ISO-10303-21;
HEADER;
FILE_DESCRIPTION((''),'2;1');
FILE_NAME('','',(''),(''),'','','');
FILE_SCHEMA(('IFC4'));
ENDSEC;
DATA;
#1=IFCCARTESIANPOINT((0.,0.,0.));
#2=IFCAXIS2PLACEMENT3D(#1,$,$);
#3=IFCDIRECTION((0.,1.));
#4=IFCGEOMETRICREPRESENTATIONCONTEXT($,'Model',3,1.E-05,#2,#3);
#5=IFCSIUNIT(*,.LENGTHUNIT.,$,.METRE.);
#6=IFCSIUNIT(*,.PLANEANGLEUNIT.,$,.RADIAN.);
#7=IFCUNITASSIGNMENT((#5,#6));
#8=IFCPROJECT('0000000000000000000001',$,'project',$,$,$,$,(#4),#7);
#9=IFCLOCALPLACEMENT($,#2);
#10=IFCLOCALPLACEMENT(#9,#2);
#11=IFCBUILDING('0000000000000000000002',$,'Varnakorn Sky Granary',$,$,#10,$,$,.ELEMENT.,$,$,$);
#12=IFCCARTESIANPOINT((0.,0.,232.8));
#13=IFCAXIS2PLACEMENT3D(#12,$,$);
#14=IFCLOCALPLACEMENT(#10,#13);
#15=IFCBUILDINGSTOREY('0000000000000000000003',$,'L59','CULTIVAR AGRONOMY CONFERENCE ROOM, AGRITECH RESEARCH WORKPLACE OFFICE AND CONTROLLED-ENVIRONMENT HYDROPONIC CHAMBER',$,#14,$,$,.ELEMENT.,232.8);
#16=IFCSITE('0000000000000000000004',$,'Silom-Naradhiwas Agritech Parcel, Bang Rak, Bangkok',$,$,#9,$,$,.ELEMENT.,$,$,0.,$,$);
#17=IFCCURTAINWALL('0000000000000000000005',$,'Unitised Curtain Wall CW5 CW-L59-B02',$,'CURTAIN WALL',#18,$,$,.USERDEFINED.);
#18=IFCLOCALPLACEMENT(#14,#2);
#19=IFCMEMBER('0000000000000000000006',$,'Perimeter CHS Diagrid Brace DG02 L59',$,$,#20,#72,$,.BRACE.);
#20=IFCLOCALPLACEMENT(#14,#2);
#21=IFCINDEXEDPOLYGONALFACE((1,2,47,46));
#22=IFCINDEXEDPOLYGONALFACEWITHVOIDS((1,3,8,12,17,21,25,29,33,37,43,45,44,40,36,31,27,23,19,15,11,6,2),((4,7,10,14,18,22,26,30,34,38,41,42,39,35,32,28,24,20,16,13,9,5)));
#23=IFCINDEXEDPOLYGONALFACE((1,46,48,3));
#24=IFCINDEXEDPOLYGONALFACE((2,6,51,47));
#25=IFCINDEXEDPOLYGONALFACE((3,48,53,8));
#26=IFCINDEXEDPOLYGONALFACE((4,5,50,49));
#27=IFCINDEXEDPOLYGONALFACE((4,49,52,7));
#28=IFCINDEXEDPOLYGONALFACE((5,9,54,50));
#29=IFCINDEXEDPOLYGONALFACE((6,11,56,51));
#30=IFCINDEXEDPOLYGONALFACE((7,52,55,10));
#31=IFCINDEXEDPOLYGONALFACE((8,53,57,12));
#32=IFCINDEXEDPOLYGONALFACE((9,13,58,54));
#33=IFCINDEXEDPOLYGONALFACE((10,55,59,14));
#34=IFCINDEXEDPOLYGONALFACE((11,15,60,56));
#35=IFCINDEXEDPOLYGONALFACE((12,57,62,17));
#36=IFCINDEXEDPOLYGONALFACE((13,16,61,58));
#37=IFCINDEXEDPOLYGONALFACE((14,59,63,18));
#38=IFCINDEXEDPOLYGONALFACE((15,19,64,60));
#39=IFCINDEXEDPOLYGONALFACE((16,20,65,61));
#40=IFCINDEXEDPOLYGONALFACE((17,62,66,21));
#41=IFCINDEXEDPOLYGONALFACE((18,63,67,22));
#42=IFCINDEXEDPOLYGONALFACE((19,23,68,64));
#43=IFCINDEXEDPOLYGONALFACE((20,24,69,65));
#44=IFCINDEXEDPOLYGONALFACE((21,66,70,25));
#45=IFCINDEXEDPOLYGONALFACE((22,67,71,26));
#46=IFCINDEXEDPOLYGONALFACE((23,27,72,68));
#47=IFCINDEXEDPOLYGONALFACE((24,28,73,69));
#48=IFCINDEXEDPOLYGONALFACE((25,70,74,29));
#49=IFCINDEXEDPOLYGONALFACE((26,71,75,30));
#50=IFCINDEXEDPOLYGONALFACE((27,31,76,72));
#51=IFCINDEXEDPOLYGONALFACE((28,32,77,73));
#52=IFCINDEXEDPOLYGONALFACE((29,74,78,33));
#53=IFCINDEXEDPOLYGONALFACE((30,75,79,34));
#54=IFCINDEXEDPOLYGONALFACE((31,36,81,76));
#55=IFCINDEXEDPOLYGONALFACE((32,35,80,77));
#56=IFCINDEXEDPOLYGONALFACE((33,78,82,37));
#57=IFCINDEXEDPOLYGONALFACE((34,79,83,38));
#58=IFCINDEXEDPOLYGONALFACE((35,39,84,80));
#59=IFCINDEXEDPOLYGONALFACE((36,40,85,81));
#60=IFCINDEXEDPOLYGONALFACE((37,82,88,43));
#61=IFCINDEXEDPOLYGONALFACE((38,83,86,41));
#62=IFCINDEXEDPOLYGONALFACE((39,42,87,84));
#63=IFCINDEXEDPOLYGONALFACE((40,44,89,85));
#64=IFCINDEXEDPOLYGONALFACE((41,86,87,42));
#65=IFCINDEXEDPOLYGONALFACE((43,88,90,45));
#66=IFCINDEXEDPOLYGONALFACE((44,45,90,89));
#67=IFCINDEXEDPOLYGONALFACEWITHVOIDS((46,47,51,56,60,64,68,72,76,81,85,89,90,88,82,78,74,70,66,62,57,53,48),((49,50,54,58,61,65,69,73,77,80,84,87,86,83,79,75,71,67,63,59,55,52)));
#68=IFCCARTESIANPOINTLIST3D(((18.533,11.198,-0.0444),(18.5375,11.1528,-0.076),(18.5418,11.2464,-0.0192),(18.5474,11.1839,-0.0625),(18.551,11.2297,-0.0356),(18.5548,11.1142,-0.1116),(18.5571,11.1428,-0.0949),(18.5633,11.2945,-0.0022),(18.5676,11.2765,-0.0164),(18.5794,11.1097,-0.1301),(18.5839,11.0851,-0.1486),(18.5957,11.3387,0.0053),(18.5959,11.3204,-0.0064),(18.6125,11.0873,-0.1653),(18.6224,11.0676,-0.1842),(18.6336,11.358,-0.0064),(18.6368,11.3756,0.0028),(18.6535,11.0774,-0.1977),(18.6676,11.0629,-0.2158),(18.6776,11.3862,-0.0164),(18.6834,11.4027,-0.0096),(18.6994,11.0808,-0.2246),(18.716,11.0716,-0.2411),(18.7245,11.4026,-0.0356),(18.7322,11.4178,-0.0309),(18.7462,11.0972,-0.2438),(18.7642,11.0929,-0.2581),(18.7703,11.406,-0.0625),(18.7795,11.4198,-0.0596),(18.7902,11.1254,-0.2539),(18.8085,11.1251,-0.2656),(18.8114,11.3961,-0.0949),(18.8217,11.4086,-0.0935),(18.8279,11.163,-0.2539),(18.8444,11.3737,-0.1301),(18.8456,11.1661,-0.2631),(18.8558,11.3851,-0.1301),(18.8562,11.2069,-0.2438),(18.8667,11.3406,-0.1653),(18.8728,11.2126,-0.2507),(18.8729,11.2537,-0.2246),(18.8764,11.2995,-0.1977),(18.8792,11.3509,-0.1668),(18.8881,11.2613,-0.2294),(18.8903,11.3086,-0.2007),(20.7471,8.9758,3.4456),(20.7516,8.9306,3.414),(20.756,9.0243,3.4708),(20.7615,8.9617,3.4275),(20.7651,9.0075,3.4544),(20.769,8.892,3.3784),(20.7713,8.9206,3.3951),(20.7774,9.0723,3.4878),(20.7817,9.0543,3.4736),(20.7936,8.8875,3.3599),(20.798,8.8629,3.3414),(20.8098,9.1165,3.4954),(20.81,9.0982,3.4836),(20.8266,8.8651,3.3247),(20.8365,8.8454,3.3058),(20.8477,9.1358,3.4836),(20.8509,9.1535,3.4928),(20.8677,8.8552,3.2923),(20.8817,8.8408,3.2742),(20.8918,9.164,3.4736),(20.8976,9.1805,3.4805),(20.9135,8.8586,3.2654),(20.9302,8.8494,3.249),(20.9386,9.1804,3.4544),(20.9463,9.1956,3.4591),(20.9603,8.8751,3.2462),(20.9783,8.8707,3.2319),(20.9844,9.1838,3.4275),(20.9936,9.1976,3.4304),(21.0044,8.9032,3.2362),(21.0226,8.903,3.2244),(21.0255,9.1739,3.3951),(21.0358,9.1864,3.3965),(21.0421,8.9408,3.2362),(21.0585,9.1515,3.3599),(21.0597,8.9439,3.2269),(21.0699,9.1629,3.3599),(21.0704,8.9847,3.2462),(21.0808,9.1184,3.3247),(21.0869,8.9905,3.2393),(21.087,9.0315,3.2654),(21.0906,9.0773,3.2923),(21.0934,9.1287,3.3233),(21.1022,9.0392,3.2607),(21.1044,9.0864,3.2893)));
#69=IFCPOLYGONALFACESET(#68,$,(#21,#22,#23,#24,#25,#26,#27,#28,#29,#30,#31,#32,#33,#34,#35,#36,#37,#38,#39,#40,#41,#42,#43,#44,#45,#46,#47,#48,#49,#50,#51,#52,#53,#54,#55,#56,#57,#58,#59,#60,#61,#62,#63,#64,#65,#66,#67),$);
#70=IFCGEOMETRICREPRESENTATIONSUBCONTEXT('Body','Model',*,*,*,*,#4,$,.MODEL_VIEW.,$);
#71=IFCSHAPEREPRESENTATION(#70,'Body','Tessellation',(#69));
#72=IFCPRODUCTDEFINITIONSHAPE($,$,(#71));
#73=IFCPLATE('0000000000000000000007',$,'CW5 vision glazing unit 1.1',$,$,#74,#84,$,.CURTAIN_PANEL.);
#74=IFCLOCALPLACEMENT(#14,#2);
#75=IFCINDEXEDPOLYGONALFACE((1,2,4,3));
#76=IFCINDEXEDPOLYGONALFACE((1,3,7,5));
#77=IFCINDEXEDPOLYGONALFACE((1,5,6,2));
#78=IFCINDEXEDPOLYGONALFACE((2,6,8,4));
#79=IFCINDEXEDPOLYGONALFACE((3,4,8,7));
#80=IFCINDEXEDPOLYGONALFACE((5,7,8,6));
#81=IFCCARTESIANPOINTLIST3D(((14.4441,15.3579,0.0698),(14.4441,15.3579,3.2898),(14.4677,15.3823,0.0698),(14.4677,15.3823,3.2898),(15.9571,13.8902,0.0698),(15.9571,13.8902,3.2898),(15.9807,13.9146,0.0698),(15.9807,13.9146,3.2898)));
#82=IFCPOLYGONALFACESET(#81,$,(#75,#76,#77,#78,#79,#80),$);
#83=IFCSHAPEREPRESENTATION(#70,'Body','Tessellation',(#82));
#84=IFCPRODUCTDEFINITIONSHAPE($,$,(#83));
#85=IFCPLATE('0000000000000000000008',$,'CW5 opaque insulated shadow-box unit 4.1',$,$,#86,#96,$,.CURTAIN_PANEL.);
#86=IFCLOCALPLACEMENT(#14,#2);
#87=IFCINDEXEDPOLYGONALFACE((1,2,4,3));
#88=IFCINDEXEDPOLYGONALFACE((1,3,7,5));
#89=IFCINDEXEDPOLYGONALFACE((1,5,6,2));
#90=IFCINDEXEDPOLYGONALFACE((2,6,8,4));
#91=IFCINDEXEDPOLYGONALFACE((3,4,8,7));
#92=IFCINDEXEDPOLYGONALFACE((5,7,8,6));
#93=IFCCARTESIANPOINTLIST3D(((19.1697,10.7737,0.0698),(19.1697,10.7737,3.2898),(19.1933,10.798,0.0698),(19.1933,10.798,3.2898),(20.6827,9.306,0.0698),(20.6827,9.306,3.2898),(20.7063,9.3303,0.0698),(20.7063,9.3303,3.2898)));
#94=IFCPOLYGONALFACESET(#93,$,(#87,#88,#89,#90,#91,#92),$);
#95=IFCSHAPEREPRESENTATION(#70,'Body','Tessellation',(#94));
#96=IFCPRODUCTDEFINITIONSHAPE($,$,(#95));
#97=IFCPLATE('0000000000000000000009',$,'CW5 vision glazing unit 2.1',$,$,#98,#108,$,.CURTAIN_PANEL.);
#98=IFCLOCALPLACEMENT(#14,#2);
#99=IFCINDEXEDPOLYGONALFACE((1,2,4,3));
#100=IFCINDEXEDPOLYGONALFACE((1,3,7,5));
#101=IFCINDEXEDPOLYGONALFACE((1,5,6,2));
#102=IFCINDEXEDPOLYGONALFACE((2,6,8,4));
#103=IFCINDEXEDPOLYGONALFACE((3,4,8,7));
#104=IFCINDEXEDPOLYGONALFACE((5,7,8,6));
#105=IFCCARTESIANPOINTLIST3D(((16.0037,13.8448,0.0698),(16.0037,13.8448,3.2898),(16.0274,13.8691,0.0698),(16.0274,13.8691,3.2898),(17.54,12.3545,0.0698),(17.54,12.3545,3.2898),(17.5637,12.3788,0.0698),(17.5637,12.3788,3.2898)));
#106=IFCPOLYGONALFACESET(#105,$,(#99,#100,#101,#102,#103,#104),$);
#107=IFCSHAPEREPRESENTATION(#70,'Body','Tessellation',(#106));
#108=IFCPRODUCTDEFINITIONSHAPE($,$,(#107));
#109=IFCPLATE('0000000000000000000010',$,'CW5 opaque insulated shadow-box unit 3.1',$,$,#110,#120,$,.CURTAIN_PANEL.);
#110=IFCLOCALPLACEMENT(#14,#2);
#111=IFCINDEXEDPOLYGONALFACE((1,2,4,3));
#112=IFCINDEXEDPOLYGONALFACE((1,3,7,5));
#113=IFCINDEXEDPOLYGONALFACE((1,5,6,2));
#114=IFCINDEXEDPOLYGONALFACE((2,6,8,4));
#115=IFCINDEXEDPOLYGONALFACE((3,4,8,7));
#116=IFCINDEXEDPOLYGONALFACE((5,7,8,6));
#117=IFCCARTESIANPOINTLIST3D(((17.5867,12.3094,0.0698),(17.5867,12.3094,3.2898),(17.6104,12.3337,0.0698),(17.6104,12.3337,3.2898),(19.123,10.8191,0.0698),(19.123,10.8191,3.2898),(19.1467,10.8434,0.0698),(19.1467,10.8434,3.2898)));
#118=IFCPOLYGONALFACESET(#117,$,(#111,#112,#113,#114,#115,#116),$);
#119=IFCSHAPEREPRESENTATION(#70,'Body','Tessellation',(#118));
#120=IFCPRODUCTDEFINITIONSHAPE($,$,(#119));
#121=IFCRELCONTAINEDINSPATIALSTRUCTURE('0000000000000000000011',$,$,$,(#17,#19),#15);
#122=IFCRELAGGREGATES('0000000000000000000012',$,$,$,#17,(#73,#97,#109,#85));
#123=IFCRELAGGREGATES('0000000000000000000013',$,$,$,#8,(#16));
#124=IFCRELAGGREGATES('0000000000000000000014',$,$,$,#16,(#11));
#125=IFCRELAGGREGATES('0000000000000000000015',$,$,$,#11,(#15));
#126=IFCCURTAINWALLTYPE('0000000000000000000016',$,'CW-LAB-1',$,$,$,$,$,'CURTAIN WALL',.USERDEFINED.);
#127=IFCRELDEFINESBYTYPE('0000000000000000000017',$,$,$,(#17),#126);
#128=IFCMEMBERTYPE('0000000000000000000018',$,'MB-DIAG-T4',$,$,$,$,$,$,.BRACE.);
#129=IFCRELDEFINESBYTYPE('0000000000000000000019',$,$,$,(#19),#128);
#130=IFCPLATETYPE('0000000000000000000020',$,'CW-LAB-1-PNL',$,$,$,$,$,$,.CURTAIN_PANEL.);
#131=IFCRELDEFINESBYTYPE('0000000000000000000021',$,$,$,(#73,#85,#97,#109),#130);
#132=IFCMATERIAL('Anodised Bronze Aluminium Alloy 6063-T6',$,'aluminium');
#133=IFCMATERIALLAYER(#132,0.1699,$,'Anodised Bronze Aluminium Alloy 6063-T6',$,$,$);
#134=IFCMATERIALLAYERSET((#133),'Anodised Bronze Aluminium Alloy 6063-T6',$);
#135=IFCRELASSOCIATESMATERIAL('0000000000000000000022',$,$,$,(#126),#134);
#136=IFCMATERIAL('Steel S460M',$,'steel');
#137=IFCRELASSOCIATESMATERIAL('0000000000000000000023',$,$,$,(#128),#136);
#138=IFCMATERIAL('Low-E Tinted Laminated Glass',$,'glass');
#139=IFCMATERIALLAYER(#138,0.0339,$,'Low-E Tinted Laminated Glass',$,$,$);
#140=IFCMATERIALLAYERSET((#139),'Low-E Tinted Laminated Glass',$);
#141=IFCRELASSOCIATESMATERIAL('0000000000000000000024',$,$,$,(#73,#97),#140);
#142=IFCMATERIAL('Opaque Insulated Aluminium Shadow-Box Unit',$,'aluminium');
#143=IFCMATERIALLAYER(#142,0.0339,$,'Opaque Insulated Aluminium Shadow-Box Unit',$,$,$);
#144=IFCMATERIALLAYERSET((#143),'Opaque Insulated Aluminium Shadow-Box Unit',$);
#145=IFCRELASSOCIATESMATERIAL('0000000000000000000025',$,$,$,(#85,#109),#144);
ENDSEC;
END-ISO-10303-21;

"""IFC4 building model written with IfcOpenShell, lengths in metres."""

from ifc_helpers import new_model, si_unit, direction, frame, origin, origin_2d, place, context, subcontext, project, spatial, rectangle, hollow_circle, extrude, source, transform, mapped, material, layer, layer_set, material_profile, profile_set, type_object, type_shapes, element, aggregate, save


model = new_model("IFC4")

# Units and contexts
model_context = context("Model", 3, precision=1e-05, world=origin(), true_north=direction((0.0, 1.0)))
body_context = subcontext(model_context, "Body", "Model", "MODEL_VIEW")
ifc_project = project(units=[si_unit("LENGTHUNIT", "METRE"), si_unit("PLANEANGLEUNIT", "RADIAN")], contexts=[model_context])

# Site, building, storey
site_placement = place(None, origin())
site = spatial("IfcSite", under=ifc_project, at=site_placement, Name="Silom-Naradhiwas Agritech Parcel, Bang Rak, Bangkok", CompositionType="ELEMENT", RefElevation=0.0)
building_placement = place(site_placement, origin())
building = spatial("IfcBuilding", under=site, at=building_placement, Name="Varnakorn Sky Granary", CompositionType="ELEMENT")
storey_placement = place(building_placement, frame((0.0, 0.0, 232.8)))
storey = spatial("IfcBuildingStorey", under=building, at=storey_placement, Name="L59", Description="CULTIVAR AGRONOMY CONFERENCE ROOM, AGRITECH RESEARCH WORKPLACE OFFICE AND CONTROLLED-ENVIRONMENT HYDROPONIC CHAMBER", CompositionType="ELEMENT", Elevation=232.8)

# Shared definitions
ifc_material_1 = material(Name="Steel S460M", Category="steel")

# Curtain wall
ifc_material_2 = material(Name="Anodised Bronze Aluminium Alloy 6063-T6", Category="aluminium")
ifc_layer_1 = layer(ifc_material_2, 0.1699, Name="Anodised Bronze Aluminium Alloy 6063-T6")
ifc_layer_set_1 = layer_set([ifc_layer_1], Name="Anodised Bronze Aluminium Alloy 6063-T6")
curtain_wall_type = type_object("IfcCurtainWallType", Name="CW-LAB-1", ElementType="CURTAIN WALL", PredefinedType="USERDEFINED", material=ifc_layer_set_1)
curtain_wall_placement = place(storey_placement, origin())
curtain_wall = element("IfcCurtainWall", 1, at=curtain_wall_placement, inside=storey, type_object=curtain_wall_type, Name="Unitised Curtain Wall CW5 CW-L59-B02", ObjectType="CURTAIN WALL", PredefinedType="USERDEFINED")

# Member
ifc_material_profile_1 = material_profile(ifc_material_1, hollow_circle(Radius=0.2031, WallThickness=0.0161, at=origin_2d()), Name="CHS 406.4x16")
ifc_profile_set_1 = profile_set([ifc_material_profile_1], Name="Steel S460M")
member_type_1 = type_object("IfcMemberType", Name="MB-DIAG-T4", PredefinedType="BRACE", material=ifc_profile_set_1)
member_1_placement = place(storey_placement, frame((18.7119, 11.2417, -0.1301), z_axis=(0.471832, -0.473549, 0.743725), x_axis=(0.70839, 0.705821, 0.0)))
element("IfcMember", 2, at=member_1_placement, inside=storey, type_object=member_type_1, Name="Perimeter CHS Diagrid Brace DG02 L59", PredefinedType="BRACE", context=body_context, shape_type="SweptSolid", body=[
    extrude(hollow_circle(Radius=0.2031, WallThickness=0.0161, at=origin_2d()), origin(), (0.0, 0.0, 1.0), 4.6926),
])

# Plates
ifc_material_3 = material(Name="Low-E Tinted Laminated Glass", Category="glass")
ifc_layer_2 = layer(ifc_material_3, 0.0339, Name="Low-E Tinted Laminated Glass")
ifc_layer_set_2 = layer_set([ifc_layer_2], Name="Low-E Tinted Laminated Glass")
plate_type = type_object("IfcPlateType", Name="CW-LAB-1-PNL", PredefinedType="CURTAIN_PANEL")
shared_shape_1 = source(origin(), body_context, "Body", "SweptSolid", [
    extrude(rectangle(XDim=2.1079, YDim=0.0339, at=origin_2d()), origin(), (0.0, 0.0, 1.0), 3.22),
])
plate_1_placement = place(storey_placement, frame((15.2124, 14.6362, 0.0698), z_axis=(0.0, 0.0, 1.0), x_axis=(0.717771, -0.696279, 0.0)))
plate_1 = element("IfcPlate", 3, at=plate_1_placement, type_object=plate_type, material=ifc_layer_set_2, Name="CW5 vision glazing unit 1.1", PredefinedType="CURTAIN_PANEL", context=body_context, shape_type="MappedRepresentation", body=[
    mapped(shared_shape_1, transform((0.0, 0.0, 0.0), x_axis=(1.0, 0.0, 0.0), y_axis=(0.0, 1.0, 0.0), z_axis=(0.0, 0.0, 1.0), scale=1.0)),
])
ifc_material_4 = material(Name="Opaque Insulated Aluminium Shadow-Box Unit", Category="aluminium")
ifc_layer_3 = layer(ifc_material_4, 0.0339, Name="Opaque Insulated Aluminium Shadow-Box Unit")
ifc_layer_set_3 = layer_set([ifc_layer_3], Name="Opaque Insulated Aluminium Shadow-Box Unit")
plate_2_placement = place(storey_placement, frame((19.938, 10.052, 0.0698), z_axis=(0.0, 0.0, 1.0), x_axis=(0.717771, -0.696279, 0.0)))
plate_2 = element("IfcPlate", 4, at=plate_2_placement, type_object=plate_type, material=ifc_layer_set_3, Name="CW5 opaque insulated shadow-box unit 4.1", PredefinedType="CURTAIN_PANEL", context=body_context, shape_type="MappedRepresentation", body=[
    mapped(shared_shape_1, transform((0.0, 0.0, 0.0), x_axis=(1.0, 0.0, 0.0), y_axis=(0.0, 1.0, 0.0), z_axis=(0.0, 0.0, 1.0), scale=1.0)),
])
shared_shape_2 = source(origin(), body_context, "Body", "SweptSolid", [
    extrude(rectangle(XDim=2.1404, YDim=0.0339, at=origin_2d()), origin(), (0.0, 0.0, 1.0), 3.22),
])
type_shapes(plate_type, [shared_shape_1, shared_shape_2])
plate_3_placement = place(storey_placement, frame((16.7837, 13.1118, 0.0698), z_axis=(0.0, 0.0, 1.0), x_axis=(0.717771, -0.696279, 0.0)))
plate_3 = element("IfcPlate", 5, at=plate_3_placement, type_object=plate_type, material=ifc_layer_set_2, Name="CW5 vision glazing unit 2.1", PredefinedType="CURTAIN_PANEL", context=body_context, shape_type="MappedRepresentation", body=[
    mapped(shared_shape_2, transform((0.0, 0.0, 0.0), x_axis=(1.0, 0.0, 0.0), y_axis=(0.0, 1.0, 0.0), z_axis=(0.0, 0.0, 1.0), scale=1.0)),
])
plate_4_placement = place(storey_placement, frame((18.3667, 11.5764, 0.0698), z_axis=(0.0, 0.0, 1.0), x_axis=(0.717771, -0.696279, 0.0)))
plate_4 = element("IfcPlate", 6, at=plate_4_placement, type_object=plate_type, material=ifc_layer_set_3, Name="CW5 opaque insulated shadow-box unit 3.1", PredefinedType="CURTAIN_PANEL", context=body_context, shape_type="MappedRepresentation", body=[
    mapped(shared_shape_2, transform((0.0, 0.0, 0.0), x_axis=(1.0, 0.0, 0.0), y_axis=(0.0, 1.0, 0.0), z_axis=(0.0, 0.0, 1.0), scale=1.0)),
])
aggregate(curtain_wall, [plate_1, plate_3, plate_4, plate_2])

save(model, "model.ifc")
